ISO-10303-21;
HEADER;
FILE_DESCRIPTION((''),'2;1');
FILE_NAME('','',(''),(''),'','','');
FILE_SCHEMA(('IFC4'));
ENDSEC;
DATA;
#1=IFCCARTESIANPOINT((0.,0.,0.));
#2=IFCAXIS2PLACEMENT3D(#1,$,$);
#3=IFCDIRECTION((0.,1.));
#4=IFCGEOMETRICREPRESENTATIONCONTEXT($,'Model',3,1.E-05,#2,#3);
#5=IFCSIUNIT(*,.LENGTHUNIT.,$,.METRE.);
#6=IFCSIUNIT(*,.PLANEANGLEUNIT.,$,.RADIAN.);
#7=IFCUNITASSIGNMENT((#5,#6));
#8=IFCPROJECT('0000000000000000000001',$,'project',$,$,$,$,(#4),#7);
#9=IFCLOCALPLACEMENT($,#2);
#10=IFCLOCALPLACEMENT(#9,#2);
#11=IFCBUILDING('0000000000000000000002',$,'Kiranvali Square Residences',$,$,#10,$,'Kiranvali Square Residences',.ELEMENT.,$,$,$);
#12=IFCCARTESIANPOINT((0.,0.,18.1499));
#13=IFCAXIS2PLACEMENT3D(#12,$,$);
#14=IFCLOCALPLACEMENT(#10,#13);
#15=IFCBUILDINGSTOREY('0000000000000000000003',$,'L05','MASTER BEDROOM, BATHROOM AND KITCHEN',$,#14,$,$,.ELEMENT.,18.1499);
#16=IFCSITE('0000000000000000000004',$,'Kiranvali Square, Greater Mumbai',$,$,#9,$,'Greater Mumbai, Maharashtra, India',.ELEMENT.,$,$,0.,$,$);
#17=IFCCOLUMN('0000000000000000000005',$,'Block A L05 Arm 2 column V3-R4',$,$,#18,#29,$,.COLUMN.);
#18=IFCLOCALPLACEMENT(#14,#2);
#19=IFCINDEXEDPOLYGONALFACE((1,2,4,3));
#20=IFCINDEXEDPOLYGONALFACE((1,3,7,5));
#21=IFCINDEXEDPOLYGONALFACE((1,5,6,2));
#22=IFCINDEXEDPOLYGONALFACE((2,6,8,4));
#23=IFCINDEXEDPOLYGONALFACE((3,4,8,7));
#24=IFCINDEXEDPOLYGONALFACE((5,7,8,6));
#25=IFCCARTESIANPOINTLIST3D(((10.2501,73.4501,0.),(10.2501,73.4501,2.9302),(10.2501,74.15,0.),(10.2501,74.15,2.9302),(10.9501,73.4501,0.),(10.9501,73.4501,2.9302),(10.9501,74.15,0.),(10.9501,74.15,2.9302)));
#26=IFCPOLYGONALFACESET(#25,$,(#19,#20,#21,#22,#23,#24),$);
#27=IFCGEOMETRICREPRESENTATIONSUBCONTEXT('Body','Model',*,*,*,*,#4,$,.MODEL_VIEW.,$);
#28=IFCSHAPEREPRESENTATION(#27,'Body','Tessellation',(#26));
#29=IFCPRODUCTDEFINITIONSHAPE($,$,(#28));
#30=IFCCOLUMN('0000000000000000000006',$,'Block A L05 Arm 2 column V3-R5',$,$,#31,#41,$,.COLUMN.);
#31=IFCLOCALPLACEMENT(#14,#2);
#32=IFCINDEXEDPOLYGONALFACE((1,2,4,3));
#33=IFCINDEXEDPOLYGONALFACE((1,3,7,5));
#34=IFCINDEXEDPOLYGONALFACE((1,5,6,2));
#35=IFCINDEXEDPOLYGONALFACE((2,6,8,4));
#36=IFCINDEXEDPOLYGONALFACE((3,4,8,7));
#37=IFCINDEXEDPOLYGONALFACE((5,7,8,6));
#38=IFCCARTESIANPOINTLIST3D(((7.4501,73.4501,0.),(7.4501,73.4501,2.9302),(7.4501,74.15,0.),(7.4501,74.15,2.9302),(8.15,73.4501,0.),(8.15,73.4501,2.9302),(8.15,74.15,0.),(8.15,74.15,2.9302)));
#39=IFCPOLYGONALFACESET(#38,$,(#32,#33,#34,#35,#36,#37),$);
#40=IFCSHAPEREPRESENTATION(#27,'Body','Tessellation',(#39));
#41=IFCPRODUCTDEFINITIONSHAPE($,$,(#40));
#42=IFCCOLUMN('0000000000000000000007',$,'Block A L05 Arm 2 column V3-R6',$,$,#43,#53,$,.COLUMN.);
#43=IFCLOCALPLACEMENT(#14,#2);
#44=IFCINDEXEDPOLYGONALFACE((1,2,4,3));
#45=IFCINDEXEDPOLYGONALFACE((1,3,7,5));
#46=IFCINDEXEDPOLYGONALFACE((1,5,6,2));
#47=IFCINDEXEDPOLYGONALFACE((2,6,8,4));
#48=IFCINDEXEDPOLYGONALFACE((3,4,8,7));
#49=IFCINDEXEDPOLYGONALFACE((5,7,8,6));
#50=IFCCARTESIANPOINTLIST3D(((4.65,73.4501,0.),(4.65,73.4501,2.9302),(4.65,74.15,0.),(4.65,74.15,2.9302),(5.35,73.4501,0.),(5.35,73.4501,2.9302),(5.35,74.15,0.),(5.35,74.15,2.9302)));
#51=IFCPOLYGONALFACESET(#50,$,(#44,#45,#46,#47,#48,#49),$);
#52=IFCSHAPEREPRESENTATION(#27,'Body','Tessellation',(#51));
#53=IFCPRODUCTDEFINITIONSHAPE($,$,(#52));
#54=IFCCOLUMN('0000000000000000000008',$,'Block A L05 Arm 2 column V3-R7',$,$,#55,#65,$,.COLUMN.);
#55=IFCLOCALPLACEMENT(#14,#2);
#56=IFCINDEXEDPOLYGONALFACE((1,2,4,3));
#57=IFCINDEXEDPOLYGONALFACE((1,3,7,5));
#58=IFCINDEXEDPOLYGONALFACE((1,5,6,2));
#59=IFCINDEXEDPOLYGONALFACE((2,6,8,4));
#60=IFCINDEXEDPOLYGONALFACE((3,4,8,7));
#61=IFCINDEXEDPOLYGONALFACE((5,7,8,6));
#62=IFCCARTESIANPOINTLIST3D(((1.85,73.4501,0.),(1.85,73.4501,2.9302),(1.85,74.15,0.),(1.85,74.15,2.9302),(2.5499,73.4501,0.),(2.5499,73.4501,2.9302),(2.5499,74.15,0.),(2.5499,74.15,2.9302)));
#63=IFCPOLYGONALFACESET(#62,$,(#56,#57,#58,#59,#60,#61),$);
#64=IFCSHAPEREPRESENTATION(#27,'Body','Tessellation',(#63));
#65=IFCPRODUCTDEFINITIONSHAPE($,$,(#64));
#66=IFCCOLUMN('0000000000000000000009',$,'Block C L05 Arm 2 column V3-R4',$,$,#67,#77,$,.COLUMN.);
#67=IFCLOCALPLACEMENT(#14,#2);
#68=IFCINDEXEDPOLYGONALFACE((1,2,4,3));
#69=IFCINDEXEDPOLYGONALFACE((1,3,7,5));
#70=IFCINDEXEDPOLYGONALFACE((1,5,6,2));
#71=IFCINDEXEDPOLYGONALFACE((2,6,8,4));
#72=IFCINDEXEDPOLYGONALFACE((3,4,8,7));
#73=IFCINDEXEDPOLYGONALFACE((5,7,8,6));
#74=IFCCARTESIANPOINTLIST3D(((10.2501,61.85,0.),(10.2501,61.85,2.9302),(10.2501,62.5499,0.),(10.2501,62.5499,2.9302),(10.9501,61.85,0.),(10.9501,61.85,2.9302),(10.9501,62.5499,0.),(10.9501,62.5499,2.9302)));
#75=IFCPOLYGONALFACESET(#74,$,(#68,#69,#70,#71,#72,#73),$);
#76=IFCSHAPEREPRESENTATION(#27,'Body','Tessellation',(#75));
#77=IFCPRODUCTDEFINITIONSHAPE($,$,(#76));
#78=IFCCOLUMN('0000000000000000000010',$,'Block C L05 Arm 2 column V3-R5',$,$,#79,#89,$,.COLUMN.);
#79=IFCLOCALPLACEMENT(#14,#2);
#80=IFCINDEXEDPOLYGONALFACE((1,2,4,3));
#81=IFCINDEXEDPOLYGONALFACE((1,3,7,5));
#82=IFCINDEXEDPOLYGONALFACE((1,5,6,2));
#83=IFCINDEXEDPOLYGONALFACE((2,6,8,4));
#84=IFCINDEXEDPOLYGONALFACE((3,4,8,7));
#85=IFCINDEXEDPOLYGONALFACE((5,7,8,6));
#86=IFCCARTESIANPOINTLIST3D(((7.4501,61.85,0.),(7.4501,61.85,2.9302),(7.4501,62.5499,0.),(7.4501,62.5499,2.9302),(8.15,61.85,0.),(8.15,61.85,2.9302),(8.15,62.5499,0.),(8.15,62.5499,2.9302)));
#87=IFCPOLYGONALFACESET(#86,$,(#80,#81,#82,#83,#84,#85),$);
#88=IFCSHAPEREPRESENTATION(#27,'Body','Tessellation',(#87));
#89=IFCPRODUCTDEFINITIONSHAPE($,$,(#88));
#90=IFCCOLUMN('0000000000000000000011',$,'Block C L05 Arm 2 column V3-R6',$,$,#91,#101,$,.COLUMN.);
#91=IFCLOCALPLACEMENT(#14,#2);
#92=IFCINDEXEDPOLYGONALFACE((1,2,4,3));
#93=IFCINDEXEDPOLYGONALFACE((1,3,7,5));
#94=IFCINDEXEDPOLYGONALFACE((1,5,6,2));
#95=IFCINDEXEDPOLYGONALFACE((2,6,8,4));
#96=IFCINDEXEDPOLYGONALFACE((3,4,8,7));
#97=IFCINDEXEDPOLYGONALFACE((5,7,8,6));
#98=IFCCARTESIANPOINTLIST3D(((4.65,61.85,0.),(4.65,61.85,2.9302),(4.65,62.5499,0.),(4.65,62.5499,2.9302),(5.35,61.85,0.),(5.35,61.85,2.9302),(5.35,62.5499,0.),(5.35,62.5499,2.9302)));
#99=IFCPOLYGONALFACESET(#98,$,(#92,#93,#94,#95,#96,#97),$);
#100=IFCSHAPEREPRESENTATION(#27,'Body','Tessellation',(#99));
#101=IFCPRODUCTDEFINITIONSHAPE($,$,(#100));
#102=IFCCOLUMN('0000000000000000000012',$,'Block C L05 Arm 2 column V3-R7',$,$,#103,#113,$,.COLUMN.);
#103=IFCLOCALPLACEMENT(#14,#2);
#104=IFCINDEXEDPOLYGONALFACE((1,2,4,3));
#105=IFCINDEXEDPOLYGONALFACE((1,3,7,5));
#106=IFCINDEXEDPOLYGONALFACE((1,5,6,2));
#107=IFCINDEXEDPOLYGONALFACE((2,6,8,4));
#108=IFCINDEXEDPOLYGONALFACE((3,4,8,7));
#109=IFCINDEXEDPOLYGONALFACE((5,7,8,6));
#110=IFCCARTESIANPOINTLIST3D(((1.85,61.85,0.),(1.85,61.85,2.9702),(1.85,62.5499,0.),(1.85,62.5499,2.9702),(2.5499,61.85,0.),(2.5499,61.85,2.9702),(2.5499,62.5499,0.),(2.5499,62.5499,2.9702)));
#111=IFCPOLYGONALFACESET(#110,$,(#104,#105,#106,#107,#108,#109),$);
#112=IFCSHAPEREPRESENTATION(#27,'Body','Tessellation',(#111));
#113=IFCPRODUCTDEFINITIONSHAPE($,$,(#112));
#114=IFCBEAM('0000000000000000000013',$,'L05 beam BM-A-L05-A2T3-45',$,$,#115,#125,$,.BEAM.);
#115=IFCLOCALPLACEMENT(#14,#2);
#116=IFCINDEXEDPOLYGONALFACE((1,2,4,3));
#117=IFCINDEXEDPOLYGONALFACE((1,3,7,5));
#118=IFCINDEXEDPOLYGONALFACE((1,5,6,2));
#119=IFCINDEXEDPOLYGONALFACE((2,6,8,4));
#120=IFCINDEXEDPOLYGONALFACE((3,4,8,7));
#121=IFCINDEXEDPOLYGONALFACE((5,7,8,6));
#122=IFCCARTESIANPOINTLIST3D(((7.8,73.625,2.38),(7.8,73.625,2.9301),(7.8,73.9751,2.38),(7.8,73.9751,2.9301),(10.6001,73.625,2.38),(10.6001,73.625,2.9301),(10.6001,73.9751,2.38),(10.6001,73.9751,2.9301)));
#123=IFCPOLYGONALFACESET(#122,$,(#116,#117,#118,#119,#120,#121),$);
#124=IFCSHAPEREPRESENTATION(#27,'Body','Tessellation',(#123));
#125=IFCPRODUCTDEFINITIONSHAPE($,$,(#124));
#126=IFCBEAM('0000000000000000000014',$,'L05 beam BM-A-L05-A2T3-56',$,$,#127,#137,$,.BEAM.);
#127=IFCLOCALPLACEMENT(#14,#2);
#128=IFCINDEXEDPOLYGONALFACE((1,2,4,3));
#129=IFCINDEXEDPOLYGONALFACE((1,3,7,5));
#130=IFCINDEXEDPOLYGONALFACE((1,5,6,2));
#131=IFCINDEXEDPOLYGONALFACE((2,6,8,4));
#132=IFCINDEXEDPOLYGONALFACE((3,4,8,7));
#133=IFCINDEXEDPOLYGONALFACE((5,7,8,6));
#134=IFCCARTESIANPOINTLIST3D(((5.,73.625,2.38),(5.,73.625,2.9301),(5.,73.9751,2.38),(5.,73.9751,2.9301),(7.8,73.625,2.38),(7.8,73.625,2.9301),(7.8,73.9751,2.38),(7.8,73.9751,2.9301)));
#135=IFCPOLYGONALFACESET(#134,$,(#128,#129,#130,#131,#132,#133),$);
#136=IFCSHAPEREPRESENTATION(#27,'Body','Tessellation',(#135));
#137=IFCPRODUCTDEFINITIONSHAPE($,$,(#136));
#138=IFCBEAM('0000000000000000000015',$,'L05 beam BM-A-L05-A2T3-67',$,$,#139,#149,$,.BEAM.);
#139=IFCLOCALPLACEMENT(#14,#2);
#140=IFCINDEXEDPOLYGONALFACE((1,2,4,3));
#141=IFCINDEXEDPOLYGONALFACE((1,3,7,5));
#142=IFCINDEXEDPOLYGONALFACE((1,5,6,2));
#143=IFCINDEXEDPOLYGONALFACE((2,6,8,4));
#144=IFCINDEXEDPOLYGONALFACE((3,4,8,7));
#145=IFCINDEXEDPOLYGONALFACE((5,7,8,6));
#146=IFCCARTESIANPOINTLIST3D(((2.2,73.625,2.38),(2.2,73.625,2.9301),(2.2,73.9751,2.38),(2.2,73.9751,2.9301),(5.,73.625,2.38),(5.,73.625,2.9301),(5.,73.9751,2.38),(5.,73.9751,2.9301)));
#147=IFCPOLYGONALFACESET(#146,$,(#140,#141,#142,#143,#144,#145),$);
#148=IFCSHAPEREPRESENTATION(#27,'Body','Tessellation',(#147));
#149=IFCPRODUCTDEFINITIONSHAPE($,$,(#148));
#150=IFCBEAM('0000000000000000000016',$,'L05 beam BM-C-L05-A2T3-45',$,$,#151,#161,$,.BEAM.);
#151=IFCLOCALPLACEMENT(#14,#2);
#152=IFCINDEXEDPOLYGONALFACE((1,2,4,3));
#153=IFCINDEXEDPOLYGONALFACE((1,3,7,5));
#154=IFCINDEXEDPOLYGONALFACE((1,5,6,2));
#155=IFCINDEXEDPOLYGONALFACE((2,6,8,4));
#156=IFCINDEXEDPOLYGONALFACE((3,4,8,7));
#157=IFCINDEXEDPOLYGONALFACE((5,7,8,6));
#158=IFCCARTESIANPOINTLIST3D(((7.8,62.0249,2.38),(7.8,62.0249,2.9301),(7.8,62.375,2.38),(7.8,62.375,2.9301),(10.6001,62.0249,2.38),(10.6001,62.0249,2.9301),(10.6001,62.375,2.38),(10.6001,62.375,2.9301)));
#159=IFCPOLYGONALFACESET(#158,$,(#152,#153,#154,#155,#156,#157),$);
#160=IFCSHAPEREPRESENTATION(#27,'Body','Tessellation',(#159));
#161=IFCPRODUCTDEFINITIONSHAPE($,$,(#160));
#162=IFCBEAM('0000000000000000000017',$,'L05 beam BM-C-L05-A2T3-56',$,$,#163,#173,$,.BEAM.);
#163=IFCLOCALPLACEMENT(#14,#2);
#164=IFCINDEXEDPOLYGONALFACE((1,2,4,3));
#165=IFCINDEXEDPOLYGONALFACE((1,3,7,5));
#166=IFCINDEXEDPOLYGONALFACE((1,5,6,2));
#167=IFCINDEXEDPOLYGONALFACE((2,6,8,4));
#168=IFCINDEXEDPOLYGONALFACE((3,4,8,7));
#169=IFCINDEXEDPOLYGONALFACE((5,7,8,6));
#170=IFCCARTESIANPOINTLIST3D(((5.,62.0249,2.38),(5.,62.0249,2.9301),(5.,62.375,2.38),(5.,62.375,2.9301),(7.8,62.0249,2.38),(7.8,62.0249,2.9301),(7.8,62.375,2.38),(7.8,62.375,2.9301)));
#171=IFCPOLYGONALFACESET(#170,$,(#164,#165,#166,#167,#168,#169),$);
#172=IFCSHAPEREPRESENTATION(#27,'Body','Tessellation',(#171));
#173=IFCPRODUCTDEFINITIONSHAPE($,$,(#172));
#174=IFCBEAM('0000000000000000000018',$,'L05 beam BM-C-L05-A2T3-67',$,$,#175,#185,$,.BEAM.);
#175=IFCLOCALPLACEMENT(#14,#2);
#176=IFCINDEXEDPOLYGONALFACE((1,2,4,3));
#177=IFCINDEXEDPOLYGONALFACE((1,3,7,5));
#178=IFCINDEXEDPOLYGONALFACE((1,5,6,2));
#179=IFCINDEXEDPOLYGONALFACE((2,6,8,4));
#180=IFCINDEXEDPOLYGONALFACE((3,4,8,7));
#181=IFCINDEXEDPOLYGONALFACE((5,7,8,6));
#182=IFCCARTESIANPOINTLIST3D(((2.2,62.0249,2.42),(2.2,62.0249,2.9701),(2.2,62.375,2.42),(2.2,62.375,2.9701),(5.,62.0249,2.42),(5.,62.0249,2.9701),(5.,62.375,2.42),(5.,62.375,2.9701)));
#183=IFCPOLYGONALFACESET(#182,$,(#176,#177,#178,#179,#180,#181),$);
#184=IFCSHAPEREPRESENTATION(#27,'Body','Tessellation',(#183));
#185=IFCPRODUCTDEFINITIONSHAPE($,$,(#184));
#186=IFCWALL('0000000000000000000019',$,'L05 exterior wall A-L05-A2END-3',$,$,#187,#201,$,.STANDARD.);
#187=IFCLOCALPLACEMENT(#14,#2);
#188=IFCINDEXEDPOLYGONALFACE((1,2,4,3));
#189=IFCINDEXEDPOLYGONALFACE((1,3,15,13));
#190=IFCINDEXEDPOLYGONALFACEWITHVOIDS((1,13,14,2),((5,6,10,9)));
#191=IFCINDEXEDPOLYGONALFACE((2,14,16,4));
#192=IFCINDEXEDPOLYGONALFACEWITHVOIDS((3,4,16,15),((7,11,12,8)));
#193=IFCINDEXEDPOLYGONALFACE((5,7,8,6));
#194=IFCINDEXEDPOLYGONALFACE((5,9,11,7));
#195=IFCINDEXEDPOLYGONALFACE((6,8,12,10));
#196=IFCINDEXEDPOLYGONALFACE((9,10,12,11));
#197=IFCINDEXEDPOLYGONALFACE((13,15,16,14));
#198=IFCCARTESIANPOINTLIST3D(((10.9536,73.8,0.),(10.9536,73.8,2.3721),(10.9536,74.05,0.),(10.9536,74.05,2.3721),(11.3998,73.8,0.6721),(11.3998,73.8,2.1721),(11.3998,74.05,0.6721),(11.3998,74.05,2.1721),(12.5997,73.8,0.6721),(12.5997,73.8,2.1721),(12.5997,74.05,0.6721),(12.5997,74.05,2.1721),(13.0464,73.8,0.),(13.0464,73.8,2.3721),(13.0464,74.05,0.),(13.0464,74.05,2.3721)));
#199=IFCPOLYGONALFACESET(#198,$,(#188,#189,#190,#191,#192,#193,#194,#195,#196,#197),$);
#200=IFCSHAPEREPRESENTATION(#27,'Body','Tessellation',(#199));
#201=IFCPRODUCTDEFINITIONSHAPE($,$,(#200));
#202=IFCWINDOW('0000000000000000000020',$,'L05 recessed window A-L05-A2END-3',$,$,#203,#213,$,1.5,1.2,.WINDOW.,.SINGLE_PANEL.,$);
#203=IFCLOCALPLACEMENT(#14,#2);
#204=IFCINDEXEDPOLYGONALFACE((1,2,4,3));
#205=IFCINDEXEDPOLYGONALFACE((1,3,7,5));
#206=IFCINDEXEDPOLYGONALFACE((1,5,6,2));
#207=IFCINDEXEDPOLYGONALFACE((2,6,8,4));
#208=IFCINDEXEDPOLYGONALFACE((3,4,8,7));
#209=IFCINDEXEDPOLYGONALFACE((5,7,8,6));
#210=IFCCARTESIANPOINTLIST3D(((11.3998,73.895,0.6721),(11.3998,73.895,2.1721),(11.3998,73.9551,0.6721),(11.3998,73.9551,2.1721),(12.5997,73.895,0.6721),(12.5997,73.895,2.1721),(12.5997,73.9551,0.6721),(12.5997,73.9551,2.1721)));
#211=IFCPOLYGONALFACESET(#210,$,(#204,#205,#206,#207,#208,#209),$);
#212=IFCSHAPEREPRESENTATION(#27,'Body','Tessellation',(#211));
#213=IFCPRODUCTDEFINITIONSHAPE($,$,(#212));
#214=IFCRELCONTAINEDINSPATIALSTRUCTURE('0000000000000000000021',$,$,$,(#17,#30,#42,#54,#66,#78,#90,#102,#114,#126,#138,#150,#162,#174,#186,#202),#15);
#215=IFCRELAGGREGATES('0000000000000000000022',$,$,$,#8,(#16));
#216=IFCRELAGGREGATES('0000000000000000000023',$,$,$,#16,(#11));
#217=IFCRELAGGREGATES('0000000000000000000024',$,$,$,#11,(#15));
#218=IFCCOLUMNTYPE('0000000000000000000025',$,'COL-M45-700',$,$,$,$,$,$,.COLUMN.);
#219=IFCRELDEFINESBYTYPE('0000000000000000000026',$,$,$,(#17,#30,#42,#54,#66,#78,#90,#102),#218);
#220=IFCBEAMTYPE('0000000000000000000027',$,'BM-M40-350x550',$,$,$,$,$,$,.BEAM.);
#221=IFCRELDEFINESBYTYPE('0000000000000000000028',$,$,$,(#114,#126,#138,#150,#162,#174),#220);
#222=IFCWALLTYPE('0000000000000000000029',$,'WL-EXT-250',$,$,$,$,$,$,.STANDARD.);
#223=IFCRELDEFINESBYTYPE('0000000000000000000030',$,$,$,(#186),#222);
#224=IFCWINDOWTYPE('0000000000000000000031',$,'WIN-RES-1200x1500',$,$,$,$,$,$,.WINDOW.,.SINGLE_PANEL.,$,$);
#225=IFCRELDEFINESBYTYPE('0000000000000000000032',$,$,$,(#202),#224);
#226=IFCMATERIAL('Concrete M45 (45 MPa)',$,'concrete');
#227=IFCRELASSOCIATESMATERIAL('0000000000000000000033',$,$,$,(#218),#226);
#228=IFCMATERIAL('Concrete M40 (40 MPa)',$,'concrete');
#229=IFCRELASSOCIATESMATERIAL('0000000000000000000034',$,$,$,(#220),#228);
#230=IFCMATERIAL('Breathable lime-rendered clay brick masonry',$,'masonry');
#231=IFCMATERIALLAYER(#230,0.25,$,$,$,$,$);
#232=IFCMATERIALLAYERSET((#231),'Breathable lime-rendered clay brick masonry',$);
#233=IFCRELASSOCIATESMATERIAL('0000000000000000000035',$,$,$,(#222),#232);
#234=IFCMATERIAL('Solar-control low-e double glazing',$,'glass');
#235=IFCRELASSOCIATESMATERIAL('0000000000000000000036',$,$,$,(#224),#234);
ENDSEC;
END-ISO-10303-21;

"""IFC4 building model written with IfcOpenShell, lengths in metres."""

from ifc_helpers import new_model, si_unit, direction, frame, frame_2d, origin, origin_2d, place, context, subcontext, project, spatial, rectangle, extrude, material, layer, layer_set, material_profile, profile_set, type_object, element, fill, save


model = new_model("IFC4")

# Units and contexts
model_context = context("Model", 3, precision=1e-05, world=origin(), true_north=direction((0.0, 1.0)))
body_context = subcontext(model_context, "Body", "Model", "MODEL_VIEW")
ifc_project = project(units=[si_unit("LENGTHUNIT", "METRE"), si_unit("PLANEANGLEUNIT", "RADIAN")], contexts=[model_context])

# Site, building, storey
site_placement = place(None, origin())
site = spatial("IfcSite", under=ifc_project, at=site_placement, Name="Kiranvali Square, Greater Mumbai", LongName="Greater Mumbai, Maharashtra, India", CompositionType="ELEMENT", RefElevation=0.0)
building_placement = place(site_placement, origin())
building = spatial("IfcBuilding", under=site, at=building_placement, Name="Kiranvali Square Residences", LongName="Kiranvali Square Residences", CompositionType="ELEMENT")
storey_placement = place(building_placement, frame((0.0, 0.0, 18.1499)))
storey = spatial("IfcBuildingStorey", under=building, at=storey_placement, Name="L05", Description="MASTER BEDROOM, BATHROOM AND KITCHEN", CompositionType="ELEMENT", Elevation=18.1499)

# Columns
ifc_material_1 = material(Name="Concrete M45 (45 MPa)", Category="concrete")
ifc_material_profile_1 = material_profile(ifc_material_1, rectangle(XDim=0.7, YDim=0.7, at=origin_2d()), Name="RC 700x700")
ifc_profile_set_1 = profile_set([ifc_material_profile_1], Name="Concrete M45 (45 MPa)")
column_type = type_object("IfcColumnType", Name="COL-M45-700", PredefinedType="COLUMN", material=ifc_profile_set_1)
for number, where, z_axis, x_axis, name in (
    (1, (10.6001, 73.8, 0.0), (0.0, 0.0, 1.0), (1.0, 0.0, 0.0), "Block A L05 Arm 2 column V3-R4"),
    (2, (7.8, 73.8, 0.0), (0.0, 0.0, 1.0), (1.0, 0.0, 0.0), "Block A L05 Arm 2 column V3-R5"),
    (3, (5.0, 73.8, 0.0), (0.0, 0.0, 1.0), (1.0, 0.0, 0.0), "Block A L05 Arm 2 column V3-R6"),
    (4, (2.2, 73.8, 0.0), (0.0, 0.0, 1.0), (1.0, 0.0, 0.0), "Block A L05 Arm 2 column V3-R7"),
    (5, (10.6001, 62.2, 0.0), (0.0, 0.0, 1.0), (1.0, 0.0, 0.0), "Block C L05 Arm 2 column V3-R4"),
    (6, (7.8, 62.2, 0.0), (0.0, 0.0, 1.0), (1.0, 0.0, 0.0), "Block C L05 Arm 2 column V3-R5"),
    (7, (5.0, 62.2, 0.0), (0.0, 0.0, 1.0), (1.0, 0.0, 0.0), "Block C L05 Arm 2 column V3-R6"),
):
    element("IfcColumn", number, at=place(storey_placement, frame(where, z_axis=z_axis, x_axis=x_axis)), inside=storey, type_object=column_type, Name=name, PredefinedType="COLUMN", context=body_context, shape_type="SweptSolid", body=[
        extrude(rectangle(XDim=0.7, YDim=0.7, at=origin_2d()), origin(), (0.0, 0.0, 1.0), 2.9302),
    ])
column_placement = place(storey_placement, frame((2.2, 62.2, 0.0), z_axis=(0.0, 0.0, 1.0), x_axis=(1.0, 0.0, 0.0)))
element("IfcColumn", 8, at=column_placement, inside=storey, type_object=column_type, Name="Block C L05 Arm 2 column V3-R7", PredefinedType="COLUMN", context=body_context, shape_type="SweptSolid", body=[
    extrude(rectangle(XDim=0.7, YDim=0.7, at=origin_2d()), origin(), (0.0, 0.0, 1.0), 2.9702),
])

# Beams
ifc_material_2 = material(Name="Concrete M40 (40 MPa)", Category="concrete")
ifc_material_profile_2 = material_profile(ifc_material_2, rectangle(XDim=0.3501, YDim=0.55, at=origin_2d()), Name="RC 350x550")
ifc_profile_set_2 = profile_set([ifc_material_profile_2], Name="Concrete M40 (40 MPa)")
beam_type = type_object("IfcBeamType", Name="BM-M40-350x550", PredefinedType="BEAM", material=ifc_profile_set_2)
for number, where, z_axis, x_axis, name in (
    (9, (10.6001, 73.8, 2.655), (-1.0, 0.0, 0.0), (0.0, -1.0, 0.0), "L05 beam BM-A-L05-A2T3-45"),
    (10, (7.8, 73.8, 2.655), (-1.0, 0.0, 0.0), (0.0, -1.0, 0.0), "L05 beam BM-A-L05-A2T3-56"),
    (11, (5.0, 73.8, 2.655), (-1.0, 0.0, 0.0), (0.0, -1.0, 0.0), "L05 beam BM-A-L05-A2T3-67"),
    (12, (10.6001, 62.2, 2.655), (-1.0, 0.0, 0.0), (0.0, -1.0, 0.0), "L05 beam BM-C-L05-A2T3-45"),
    (13, (7.8, 62.2, 2.655), (-1.0, 0.0, 0.0), (0.0, -1.0, 0.0), "L05 beam BM-C-L05-A2T3-56"),
    (14, (5.0, 62.2, 2.6951), (-1.0, 0.0, 0.0), (0.0, -1.0, 0.0), "L05 beam BM-C-L05-A2T3-67"),
):
    element("IfcBeam", number, at=place(storey_placement, frame(where, z_axis=z_axis, x_axis=x_axis)), inside=storey, type_object=beam_type, Name=name, PredefinedType="BEAM", context=body_context, shape_type="SweptSolid", body=[
        extrude(rectangle(XDim=0.3501, YDim=0.55, at=origin_2d()), origin(), (0.0, 0.0, 1.0), 2.8),
    ])

# Wall, opening, window
ifc_material_3 = material(Name="Breathable lime-rendered clay brick masonry", Category="masonry")
ifc_layer = layer(ifc_material_3, 0.25)
ifc_layer_set = layer_set([ifc_layer], Name="Breathable lime-rendered clay brick masonry")
wall_type = type_object("IfcWallType", Name="WL-EXT-250", PredefinedType="STANDARD", material=ifc_layer_set)
wall_1_placement = place(storey_placement, frame((13.0464, 73.925, 0.0), z_axis=(0.0, 0.0, 1.0), x_axis=(-1.0, 0.0, 0.0)))
wall_1 = element("IfcWall", 15, at=wall_1_placement, inside=storey, type_object=wall_type, Name="L05 exterior wall A-L05-A2END-3", PredefinedType="STANDARD", context=body_context, shape_type="SweptSolid", body=[
    extrude(rectangle(XDim=2.0928, YDim=0.25, at=frame_2d((1.0464, 0.0))), origin(), (0.0, 0.0, 1.0), 2.3721),
])
opening_1_placement = place(wall_1_placement, frame((0.4465, 0.0, 0.6721)))
opening_1 = element("IfcOpeningElement", 16, at=opening_1_placement, cuts=wall_1, PredefinedType="OPENING", context=body_context, shape_type="SweptSolid", body=[
    extrude(rectangle(XDim=1.2, YDim=1.5, at=frame_2d((0.6001, 0.75))), frame((0.0, 0.135, 0.0), z_axis=(0.0, -1.0, 0.0), x_axis=(1.0, 0.0, 0.0)), (0.0, 0.0, 1.0), 0.27),
])
ifc_material_4 = material(Name="Solar-control low-e double glazing", Category="glass")
window_type = type_object("IfcWindowType", Name="WIN-RES-1200x1500", PartitioningType="SINGLE_PANEL", PredefinedType="WINDOW", material=ifc_material_4)
window_1_placement = place(opening_1_placement, origin())
window_1 = element("IfcWindow", 17, at=window_1_placement, inside=storey, type_object=window_type, Name="L05 recessed window A-L05-A2END-3", OverallHeight=1.5, OverallWidth=1.2, PartitioningType="SINGLE_PANEL", PredefinedType="WINDOW", context=body_context, shape_type="SweptSolid", body=[
    extrude(rectangle(XDim=1.2, YDim=1.5, at=frame_2d((0.6001, 0.75))), frame((0.0, 0.03, 0.0), z_axis=(0.0, -1.0, 0.0), x_axis=(1.0, 0.0, 0.0)), (0.0, 0.0, 1.0), 0.0601),
])
fill(opening_1, window_1)

save(model, "model.ifc")
